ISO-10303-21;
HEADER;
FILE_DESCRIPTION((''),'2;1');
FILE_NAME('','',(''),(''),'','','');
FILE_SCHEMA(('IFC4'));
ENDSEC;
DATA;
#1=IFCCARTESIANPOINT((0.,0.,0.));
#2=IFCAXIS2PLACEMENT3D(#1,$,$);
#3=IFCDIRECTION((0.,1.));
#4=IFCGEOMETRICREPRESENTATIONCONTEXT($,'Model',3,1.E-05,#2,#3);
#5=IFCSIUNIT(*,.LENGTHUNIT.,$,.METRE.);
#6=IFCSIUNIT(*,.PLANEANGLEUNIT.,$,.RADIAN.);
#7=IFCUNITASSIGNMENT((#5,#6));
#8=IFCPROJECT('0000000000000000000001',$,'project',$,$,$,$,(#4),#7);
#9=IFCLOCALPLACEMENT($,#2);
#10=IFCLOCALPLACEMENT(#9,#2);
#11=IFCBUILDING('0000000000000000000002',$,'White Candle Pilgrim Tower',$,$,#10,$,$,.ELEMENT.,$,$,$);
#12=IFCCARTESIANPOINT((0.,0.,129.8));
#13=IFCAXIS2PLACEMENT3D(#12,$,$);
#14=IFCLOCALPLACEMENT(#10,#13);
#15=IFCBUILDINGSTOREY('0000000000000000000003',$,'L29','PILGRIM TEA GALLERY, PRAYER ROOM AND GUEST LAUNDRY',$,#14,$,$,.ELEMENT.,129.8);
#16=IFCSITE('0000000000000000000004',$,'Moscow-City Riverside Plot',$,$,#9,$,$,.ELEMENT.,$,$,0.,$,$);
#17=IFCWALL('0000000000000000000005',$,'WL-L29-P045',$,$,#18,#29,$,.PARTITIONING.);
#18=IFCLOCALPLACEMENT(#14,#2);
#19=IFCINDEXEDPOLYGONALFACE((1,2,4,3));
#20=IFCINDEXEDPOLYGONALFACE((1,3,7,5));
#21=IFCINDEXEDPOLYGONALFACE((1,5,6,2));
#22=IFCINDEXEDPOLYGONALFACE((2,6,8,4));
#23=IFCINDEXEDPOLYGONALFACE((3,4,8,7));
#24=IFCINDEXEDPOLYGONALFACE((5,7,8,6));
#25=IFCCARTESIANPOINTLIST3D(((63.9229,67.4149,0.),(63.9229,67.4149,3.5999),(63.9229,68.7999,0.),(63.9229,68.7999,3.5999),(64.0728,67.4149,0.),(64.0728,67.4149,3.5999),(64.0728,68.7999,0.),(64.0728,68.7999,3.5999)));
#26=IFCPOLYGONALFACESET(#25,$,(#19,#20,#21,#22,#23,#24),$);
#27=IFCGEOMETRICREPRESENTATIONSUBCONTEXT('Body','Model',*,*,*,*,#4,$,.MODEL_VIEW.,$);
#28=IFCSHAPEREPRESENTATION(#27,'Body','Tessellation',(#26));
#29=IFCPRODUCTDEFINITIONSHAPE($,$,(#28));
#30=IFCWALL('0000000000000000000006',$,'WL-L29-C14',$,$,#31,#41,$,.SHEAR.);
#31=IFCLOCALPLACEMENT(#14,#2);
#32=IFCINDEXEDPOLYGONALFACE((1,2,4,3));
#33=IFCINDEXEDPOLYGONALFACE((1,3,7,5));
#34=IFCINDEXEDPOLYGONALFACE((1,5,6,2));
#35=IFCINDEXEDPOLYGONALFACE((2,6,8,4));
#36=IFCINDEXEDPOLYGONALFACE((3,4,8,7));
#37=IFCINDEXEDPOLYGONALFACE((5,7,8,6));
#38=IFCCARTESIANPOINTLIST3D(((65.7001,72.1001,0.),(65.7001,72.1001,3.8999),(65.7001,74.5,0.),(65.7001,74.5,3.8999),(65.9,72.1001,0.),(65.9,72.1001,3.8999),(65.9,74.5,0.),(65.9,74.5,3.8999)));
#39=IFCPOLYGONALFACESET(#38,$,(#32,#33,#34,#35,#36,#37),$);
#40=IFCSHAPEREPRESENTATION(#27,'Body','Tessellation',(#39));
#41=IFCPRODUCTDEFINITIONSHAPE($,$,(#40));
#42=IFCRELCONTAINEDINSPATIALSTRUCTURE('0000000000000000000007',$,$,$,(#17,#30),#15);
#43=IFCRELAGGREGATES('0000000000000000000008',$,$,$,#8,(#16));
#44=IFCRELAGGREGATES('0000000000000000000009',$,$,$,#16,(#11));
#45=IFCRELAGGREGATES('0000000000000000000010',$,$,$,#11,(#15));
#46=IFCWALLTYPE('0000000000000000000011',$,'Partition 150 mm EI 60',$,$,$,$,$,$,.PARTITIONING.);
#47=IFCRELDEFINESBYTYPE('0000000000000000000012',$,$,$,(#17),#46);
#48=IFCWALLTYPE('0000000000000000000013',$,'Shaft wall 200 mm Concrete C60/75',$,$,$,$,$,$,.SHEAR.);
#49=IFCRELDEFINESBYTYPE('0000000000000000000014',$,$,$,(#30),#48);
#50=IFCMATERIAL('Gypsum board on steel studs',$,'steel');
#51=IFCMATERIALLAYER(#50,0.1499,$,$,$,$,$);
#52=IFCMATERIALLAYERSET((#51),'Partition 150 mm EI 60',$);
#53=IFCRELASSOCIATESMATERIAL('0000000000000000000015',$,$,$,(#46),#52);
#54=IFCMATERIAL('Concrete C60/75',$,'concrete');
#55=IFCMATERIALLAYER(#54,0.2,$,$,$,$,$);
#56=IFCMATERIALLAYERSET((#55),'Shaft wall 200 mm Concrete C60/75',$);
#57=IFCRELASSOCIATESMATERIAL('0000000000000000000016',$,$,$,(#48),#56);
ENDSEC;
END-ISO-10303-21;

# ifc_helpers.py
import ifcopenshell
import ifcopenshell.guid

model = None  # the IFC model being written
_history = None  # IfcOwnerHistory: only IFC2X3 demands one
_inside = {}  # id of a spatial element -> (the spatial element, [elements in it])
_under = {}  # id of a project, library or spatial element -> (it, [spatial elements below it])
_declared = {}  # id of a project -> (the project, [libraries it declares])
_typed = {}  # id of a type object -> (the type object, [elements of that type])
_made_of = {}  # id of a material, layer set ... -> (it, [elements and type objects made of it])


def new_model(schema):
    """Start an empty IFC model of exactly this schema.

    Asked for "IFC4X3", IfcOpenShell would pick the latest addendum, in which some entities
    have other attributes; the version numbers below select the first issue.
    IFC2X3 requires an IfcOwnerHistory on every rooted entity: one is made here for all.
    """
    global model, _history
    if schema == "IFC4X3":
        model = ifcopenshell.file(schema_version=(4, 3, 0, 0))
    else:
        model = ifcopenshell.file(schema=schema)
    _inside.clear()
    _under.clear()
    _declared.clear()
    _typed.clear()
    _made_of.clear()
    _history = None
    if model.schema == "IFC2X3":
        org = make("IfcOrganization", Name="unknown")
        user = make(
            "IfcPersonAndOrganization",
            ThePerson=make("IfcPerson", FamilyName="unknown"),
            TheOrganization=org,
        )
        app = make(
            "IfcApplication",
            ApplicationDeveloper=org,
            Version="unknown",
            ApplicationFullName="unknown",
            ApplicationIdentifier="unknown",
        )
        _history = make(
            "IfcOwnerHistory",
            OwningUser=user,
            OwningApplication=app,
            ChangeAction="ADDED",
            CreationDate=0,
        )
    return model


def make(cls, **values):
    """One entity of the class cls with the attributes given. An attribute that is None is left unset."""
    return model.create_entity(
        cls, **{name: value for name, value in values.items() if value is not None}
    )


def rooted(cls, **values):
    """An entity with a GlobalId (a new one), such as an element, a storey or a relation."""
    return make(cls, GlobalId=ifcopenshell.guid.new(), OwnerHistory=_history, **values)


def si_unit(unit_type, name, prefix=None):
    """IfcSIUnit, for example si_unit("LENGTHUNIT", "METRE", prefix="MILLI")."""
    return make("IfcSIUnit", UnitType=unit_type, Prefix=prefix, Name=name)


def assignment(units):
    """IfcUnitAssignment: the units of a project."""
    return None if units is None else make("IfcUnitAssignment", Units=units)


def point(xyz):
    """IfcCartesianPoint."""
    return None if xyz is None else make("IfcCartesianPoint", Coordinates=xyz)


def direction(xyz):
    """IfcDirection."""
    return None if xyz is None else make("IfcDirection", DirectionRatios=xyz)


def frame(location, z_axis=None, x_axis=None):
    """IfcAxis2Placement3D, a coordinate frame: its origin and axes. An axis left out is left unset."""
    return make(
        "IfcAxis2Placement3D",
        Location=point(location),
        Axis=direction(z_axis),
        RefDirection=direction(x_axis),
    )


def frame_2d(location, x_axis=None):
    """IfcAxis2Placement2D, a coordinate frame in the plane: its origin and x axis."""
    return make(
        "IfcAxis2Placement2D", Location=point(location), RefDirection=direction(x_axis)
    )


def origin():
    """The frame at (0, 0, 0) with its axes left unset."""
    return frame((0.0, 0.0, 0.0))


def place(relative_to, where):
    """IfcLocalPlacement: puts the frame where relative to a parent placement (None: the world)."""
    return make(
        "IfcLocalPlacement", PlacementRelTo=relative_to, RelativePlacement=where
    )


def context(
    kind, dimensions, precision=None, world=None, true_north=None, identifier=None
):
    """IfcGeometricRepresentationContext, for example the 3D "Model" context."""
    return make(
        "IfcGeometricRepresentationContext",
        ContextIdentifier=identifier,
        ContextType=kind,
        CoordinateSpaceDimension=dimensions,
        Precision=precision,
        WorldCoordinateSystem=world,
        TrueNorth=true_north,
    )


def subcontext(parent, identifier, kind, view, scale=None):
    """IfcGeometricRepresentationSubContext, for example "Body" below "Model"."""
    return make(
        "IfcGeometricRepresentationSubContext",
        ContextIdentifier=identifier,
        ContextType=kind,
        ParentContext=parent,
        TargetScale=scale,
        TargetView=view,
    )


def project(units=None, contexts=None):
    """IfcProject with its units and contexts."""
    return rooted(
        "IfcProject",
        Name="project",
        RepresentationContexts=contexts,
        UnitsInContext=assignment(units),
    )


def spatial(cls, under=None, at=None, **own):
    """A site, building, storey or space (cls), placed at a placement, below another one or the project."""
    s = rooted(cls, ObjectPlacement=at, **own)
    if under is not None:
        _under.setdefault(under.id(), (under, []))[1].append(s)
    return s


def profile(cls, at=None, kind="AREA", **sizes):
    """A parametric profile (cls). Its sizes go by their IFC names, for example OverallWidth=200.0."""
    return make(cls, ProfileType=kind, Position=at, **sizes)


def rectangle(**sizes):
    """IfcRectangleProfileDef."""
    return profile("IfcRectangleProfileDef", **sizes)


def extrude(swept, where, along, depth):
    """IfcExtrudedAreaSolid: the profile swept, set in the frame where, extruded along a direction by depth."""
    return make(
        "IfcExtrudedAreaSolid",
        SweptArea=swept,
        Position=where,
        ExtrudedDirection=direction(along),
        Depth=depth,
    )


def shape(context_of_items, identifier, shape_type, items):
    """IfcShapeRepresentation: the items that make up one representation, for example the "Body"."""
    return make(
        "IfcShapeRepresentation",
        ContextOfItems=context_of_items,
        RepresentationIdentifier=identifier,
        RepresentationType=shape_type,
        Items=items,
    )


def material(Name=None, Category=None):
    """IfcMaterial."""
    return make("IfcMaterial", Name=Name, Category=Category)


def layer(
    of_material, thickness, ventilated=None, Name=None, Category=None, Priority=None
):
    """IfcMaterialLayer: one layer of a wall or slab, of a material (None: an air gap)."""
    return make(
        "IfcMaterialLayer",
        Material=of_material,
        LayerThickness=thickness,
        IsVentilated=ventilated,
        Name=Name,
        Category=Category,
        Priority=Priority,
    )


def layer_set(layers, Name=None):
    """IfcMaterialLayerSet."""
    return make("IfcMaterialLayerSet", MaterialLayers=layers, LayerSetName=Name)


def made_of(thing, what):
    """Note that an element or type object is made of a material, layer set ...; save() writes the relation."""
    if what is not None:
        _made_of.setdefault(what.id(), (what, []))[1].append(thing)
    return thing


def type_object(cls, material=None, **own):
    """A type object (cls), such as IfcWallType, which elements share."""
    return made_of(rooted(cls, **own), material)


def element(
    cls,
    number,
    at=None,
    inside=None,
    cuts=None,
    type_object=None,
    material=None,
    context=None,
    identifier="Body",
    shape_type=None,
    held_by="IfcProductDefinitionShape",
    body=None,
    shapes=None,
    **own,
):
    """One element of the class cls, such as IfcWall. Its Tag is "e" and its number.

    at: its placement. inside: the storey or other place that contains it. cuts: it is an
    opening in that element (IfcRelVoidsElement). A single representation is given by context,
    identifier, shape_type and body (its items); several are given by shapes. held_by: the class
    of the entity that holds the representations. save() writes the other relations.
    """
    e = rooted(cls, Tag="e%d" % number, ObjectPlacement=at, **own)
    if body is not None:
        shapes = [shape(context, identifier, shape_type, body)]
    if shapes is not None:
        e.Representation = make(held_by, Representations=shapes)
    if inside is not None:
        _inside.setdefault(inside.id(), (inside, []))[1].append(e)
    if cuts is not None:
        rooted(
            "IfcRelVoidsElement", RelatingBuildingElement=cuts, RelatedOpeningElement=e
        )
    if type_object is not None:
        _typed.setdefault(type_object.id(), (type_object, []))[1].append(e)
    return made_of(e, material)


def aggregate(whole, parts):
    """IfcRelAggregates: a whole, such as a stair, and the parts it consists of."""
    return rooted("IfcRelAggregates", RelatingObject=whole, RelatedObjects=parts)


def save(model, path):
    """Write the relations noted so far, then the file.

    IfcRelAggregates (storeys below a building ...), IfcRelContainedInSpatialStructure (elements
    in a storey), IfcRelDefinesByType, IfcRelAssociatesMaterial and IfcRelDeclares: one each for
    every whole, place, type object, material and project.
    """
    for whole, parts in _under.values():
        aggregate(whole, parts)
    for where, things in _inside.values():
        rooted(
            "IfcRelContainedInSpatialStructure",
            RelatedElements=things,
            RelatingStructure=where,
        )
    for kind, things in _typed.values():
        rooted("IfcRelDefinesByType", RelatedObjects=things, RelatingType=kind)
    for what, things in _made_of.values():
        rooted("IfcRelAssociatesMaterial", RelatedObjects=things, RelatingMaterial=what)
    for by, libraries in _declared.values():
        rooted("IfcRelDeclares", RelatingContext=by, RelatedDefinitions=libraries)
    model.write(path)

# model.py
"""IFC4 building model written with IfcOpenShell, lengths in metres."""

from ifc_helpers import new_model, si_unit, direction, frame, frame_2d, origin, place, context, subcontext, project, spatial, rectangle, extrude, material, layer, layer_set, type_object, element, save


model = new_model("IFC4")

# Units and contexts
model_context = context("Model", 3, precision=1e-05, world=origin(), true_north=direction((0.0, 1.0)))
body_context = subcontext(model_context, "Body", "Model", "MODEL_VIEW")
ifc_project = project(units=[si_unit("LENGTHUNIT", "METRE"), si_unit("PLANEANGLEUNIT", "RADIAN")], contexts=[model_context])

# Site, building, storey
site_placement = place(None, origin())
site = spatial("IfcSite", under=ifc_project, at=site_placement, Name="Moscow-City Riverside Plot", CompositionType="ELEMENT", RefElevation=0.0)
building_placement = place(site_placement, origin())
building = spatial("IfcBuilding", under=site, at=building_placement, Name="White Candle Pilgrim Tower", CompositionType="ELEMENT")
storey_placement = place(building_placement, frame((0.0, 0.0, 129.8)))
storey = spatial("IfcBuildingStorey", under=building, at=storey_placement, Name="L29", Description="PILGRIM TEA GALLERY, PRAYER ROOM AND GUEST LAUNDRY", CompositionType="ELEMENT", Elevation=129.8)

# Shared definitions
ifc_material_1 = material(Name="Gypsum board on steel studs", Category="steel")

# Walls
ifc_layer_1 = layer(ifc_material_1, 0.1499)
ifc_layer_set_1 = layer_set([ifc_layer_1], Name="Partition 150 mm EI 60")
wall_type_1 = type_object("IfcWallType", Name="Partition 150 mm EI 60", PredefinedType="PARTITIONING", material=ifc_layer_set_1)
wall_1_placement = place(storey_placement, frame((63.9978, 67.415, 0.0), z_axis=(0.0, 0.0, 1.0), x_axis=(0.0, 1.0, 0.0)))
element("IfcWall", 1, at=wall_1_placement, inside=storey, type_object=wall_type_1, Name="WL-L29-P045", PredefinedType="PARTITIONING", context=body_context, shape_type="SweptSolid", body=[
    extrude(rectangle(XDim=1.385, YDim=0.1499, at=frame_2d((0.6924, 0.0))), origin(), (0.0, 0.0, 1.0), 3.5999),
])
ifc_material_2 = material(Name="Concrete C60/75", Category="concrete")
ifc_layer_2 = layer(ifc_material_2, 0.2)
ifc_layer_set_2 = layer_set([ifc_layer_2], Name="Shaft wall 200 mm Concrete C60/75")
wall_type_2 = type_object("IfcWallType", Name="Shaft wall 200 mm Concrete C60/75", PredefinedType="SHEAR", material=ifc_layer_set_2)
wall_2_placement = place(storey_placement, frame((65.8, 72.1001, 0.0), z_axis=(0.0, 0.0, 1.0), x_axis=(0.0, 1.0, 0.0)))
element("IfcWall", 2, at=wall_2_placement, inside=storey, type_object=wall_type_2, Name="WL-L29-C14", PredefinedType="SHEAR", context=body_context, shape_type="SweptSolid", body=[
    extrude(rectangle(XDim=2.3999, YDim=0.2, at=frame_2d((1.2, 0.0))), origin(), (0.0, 0.0, 1.0), 3.8999),
])

save(model, "model.ifc")
